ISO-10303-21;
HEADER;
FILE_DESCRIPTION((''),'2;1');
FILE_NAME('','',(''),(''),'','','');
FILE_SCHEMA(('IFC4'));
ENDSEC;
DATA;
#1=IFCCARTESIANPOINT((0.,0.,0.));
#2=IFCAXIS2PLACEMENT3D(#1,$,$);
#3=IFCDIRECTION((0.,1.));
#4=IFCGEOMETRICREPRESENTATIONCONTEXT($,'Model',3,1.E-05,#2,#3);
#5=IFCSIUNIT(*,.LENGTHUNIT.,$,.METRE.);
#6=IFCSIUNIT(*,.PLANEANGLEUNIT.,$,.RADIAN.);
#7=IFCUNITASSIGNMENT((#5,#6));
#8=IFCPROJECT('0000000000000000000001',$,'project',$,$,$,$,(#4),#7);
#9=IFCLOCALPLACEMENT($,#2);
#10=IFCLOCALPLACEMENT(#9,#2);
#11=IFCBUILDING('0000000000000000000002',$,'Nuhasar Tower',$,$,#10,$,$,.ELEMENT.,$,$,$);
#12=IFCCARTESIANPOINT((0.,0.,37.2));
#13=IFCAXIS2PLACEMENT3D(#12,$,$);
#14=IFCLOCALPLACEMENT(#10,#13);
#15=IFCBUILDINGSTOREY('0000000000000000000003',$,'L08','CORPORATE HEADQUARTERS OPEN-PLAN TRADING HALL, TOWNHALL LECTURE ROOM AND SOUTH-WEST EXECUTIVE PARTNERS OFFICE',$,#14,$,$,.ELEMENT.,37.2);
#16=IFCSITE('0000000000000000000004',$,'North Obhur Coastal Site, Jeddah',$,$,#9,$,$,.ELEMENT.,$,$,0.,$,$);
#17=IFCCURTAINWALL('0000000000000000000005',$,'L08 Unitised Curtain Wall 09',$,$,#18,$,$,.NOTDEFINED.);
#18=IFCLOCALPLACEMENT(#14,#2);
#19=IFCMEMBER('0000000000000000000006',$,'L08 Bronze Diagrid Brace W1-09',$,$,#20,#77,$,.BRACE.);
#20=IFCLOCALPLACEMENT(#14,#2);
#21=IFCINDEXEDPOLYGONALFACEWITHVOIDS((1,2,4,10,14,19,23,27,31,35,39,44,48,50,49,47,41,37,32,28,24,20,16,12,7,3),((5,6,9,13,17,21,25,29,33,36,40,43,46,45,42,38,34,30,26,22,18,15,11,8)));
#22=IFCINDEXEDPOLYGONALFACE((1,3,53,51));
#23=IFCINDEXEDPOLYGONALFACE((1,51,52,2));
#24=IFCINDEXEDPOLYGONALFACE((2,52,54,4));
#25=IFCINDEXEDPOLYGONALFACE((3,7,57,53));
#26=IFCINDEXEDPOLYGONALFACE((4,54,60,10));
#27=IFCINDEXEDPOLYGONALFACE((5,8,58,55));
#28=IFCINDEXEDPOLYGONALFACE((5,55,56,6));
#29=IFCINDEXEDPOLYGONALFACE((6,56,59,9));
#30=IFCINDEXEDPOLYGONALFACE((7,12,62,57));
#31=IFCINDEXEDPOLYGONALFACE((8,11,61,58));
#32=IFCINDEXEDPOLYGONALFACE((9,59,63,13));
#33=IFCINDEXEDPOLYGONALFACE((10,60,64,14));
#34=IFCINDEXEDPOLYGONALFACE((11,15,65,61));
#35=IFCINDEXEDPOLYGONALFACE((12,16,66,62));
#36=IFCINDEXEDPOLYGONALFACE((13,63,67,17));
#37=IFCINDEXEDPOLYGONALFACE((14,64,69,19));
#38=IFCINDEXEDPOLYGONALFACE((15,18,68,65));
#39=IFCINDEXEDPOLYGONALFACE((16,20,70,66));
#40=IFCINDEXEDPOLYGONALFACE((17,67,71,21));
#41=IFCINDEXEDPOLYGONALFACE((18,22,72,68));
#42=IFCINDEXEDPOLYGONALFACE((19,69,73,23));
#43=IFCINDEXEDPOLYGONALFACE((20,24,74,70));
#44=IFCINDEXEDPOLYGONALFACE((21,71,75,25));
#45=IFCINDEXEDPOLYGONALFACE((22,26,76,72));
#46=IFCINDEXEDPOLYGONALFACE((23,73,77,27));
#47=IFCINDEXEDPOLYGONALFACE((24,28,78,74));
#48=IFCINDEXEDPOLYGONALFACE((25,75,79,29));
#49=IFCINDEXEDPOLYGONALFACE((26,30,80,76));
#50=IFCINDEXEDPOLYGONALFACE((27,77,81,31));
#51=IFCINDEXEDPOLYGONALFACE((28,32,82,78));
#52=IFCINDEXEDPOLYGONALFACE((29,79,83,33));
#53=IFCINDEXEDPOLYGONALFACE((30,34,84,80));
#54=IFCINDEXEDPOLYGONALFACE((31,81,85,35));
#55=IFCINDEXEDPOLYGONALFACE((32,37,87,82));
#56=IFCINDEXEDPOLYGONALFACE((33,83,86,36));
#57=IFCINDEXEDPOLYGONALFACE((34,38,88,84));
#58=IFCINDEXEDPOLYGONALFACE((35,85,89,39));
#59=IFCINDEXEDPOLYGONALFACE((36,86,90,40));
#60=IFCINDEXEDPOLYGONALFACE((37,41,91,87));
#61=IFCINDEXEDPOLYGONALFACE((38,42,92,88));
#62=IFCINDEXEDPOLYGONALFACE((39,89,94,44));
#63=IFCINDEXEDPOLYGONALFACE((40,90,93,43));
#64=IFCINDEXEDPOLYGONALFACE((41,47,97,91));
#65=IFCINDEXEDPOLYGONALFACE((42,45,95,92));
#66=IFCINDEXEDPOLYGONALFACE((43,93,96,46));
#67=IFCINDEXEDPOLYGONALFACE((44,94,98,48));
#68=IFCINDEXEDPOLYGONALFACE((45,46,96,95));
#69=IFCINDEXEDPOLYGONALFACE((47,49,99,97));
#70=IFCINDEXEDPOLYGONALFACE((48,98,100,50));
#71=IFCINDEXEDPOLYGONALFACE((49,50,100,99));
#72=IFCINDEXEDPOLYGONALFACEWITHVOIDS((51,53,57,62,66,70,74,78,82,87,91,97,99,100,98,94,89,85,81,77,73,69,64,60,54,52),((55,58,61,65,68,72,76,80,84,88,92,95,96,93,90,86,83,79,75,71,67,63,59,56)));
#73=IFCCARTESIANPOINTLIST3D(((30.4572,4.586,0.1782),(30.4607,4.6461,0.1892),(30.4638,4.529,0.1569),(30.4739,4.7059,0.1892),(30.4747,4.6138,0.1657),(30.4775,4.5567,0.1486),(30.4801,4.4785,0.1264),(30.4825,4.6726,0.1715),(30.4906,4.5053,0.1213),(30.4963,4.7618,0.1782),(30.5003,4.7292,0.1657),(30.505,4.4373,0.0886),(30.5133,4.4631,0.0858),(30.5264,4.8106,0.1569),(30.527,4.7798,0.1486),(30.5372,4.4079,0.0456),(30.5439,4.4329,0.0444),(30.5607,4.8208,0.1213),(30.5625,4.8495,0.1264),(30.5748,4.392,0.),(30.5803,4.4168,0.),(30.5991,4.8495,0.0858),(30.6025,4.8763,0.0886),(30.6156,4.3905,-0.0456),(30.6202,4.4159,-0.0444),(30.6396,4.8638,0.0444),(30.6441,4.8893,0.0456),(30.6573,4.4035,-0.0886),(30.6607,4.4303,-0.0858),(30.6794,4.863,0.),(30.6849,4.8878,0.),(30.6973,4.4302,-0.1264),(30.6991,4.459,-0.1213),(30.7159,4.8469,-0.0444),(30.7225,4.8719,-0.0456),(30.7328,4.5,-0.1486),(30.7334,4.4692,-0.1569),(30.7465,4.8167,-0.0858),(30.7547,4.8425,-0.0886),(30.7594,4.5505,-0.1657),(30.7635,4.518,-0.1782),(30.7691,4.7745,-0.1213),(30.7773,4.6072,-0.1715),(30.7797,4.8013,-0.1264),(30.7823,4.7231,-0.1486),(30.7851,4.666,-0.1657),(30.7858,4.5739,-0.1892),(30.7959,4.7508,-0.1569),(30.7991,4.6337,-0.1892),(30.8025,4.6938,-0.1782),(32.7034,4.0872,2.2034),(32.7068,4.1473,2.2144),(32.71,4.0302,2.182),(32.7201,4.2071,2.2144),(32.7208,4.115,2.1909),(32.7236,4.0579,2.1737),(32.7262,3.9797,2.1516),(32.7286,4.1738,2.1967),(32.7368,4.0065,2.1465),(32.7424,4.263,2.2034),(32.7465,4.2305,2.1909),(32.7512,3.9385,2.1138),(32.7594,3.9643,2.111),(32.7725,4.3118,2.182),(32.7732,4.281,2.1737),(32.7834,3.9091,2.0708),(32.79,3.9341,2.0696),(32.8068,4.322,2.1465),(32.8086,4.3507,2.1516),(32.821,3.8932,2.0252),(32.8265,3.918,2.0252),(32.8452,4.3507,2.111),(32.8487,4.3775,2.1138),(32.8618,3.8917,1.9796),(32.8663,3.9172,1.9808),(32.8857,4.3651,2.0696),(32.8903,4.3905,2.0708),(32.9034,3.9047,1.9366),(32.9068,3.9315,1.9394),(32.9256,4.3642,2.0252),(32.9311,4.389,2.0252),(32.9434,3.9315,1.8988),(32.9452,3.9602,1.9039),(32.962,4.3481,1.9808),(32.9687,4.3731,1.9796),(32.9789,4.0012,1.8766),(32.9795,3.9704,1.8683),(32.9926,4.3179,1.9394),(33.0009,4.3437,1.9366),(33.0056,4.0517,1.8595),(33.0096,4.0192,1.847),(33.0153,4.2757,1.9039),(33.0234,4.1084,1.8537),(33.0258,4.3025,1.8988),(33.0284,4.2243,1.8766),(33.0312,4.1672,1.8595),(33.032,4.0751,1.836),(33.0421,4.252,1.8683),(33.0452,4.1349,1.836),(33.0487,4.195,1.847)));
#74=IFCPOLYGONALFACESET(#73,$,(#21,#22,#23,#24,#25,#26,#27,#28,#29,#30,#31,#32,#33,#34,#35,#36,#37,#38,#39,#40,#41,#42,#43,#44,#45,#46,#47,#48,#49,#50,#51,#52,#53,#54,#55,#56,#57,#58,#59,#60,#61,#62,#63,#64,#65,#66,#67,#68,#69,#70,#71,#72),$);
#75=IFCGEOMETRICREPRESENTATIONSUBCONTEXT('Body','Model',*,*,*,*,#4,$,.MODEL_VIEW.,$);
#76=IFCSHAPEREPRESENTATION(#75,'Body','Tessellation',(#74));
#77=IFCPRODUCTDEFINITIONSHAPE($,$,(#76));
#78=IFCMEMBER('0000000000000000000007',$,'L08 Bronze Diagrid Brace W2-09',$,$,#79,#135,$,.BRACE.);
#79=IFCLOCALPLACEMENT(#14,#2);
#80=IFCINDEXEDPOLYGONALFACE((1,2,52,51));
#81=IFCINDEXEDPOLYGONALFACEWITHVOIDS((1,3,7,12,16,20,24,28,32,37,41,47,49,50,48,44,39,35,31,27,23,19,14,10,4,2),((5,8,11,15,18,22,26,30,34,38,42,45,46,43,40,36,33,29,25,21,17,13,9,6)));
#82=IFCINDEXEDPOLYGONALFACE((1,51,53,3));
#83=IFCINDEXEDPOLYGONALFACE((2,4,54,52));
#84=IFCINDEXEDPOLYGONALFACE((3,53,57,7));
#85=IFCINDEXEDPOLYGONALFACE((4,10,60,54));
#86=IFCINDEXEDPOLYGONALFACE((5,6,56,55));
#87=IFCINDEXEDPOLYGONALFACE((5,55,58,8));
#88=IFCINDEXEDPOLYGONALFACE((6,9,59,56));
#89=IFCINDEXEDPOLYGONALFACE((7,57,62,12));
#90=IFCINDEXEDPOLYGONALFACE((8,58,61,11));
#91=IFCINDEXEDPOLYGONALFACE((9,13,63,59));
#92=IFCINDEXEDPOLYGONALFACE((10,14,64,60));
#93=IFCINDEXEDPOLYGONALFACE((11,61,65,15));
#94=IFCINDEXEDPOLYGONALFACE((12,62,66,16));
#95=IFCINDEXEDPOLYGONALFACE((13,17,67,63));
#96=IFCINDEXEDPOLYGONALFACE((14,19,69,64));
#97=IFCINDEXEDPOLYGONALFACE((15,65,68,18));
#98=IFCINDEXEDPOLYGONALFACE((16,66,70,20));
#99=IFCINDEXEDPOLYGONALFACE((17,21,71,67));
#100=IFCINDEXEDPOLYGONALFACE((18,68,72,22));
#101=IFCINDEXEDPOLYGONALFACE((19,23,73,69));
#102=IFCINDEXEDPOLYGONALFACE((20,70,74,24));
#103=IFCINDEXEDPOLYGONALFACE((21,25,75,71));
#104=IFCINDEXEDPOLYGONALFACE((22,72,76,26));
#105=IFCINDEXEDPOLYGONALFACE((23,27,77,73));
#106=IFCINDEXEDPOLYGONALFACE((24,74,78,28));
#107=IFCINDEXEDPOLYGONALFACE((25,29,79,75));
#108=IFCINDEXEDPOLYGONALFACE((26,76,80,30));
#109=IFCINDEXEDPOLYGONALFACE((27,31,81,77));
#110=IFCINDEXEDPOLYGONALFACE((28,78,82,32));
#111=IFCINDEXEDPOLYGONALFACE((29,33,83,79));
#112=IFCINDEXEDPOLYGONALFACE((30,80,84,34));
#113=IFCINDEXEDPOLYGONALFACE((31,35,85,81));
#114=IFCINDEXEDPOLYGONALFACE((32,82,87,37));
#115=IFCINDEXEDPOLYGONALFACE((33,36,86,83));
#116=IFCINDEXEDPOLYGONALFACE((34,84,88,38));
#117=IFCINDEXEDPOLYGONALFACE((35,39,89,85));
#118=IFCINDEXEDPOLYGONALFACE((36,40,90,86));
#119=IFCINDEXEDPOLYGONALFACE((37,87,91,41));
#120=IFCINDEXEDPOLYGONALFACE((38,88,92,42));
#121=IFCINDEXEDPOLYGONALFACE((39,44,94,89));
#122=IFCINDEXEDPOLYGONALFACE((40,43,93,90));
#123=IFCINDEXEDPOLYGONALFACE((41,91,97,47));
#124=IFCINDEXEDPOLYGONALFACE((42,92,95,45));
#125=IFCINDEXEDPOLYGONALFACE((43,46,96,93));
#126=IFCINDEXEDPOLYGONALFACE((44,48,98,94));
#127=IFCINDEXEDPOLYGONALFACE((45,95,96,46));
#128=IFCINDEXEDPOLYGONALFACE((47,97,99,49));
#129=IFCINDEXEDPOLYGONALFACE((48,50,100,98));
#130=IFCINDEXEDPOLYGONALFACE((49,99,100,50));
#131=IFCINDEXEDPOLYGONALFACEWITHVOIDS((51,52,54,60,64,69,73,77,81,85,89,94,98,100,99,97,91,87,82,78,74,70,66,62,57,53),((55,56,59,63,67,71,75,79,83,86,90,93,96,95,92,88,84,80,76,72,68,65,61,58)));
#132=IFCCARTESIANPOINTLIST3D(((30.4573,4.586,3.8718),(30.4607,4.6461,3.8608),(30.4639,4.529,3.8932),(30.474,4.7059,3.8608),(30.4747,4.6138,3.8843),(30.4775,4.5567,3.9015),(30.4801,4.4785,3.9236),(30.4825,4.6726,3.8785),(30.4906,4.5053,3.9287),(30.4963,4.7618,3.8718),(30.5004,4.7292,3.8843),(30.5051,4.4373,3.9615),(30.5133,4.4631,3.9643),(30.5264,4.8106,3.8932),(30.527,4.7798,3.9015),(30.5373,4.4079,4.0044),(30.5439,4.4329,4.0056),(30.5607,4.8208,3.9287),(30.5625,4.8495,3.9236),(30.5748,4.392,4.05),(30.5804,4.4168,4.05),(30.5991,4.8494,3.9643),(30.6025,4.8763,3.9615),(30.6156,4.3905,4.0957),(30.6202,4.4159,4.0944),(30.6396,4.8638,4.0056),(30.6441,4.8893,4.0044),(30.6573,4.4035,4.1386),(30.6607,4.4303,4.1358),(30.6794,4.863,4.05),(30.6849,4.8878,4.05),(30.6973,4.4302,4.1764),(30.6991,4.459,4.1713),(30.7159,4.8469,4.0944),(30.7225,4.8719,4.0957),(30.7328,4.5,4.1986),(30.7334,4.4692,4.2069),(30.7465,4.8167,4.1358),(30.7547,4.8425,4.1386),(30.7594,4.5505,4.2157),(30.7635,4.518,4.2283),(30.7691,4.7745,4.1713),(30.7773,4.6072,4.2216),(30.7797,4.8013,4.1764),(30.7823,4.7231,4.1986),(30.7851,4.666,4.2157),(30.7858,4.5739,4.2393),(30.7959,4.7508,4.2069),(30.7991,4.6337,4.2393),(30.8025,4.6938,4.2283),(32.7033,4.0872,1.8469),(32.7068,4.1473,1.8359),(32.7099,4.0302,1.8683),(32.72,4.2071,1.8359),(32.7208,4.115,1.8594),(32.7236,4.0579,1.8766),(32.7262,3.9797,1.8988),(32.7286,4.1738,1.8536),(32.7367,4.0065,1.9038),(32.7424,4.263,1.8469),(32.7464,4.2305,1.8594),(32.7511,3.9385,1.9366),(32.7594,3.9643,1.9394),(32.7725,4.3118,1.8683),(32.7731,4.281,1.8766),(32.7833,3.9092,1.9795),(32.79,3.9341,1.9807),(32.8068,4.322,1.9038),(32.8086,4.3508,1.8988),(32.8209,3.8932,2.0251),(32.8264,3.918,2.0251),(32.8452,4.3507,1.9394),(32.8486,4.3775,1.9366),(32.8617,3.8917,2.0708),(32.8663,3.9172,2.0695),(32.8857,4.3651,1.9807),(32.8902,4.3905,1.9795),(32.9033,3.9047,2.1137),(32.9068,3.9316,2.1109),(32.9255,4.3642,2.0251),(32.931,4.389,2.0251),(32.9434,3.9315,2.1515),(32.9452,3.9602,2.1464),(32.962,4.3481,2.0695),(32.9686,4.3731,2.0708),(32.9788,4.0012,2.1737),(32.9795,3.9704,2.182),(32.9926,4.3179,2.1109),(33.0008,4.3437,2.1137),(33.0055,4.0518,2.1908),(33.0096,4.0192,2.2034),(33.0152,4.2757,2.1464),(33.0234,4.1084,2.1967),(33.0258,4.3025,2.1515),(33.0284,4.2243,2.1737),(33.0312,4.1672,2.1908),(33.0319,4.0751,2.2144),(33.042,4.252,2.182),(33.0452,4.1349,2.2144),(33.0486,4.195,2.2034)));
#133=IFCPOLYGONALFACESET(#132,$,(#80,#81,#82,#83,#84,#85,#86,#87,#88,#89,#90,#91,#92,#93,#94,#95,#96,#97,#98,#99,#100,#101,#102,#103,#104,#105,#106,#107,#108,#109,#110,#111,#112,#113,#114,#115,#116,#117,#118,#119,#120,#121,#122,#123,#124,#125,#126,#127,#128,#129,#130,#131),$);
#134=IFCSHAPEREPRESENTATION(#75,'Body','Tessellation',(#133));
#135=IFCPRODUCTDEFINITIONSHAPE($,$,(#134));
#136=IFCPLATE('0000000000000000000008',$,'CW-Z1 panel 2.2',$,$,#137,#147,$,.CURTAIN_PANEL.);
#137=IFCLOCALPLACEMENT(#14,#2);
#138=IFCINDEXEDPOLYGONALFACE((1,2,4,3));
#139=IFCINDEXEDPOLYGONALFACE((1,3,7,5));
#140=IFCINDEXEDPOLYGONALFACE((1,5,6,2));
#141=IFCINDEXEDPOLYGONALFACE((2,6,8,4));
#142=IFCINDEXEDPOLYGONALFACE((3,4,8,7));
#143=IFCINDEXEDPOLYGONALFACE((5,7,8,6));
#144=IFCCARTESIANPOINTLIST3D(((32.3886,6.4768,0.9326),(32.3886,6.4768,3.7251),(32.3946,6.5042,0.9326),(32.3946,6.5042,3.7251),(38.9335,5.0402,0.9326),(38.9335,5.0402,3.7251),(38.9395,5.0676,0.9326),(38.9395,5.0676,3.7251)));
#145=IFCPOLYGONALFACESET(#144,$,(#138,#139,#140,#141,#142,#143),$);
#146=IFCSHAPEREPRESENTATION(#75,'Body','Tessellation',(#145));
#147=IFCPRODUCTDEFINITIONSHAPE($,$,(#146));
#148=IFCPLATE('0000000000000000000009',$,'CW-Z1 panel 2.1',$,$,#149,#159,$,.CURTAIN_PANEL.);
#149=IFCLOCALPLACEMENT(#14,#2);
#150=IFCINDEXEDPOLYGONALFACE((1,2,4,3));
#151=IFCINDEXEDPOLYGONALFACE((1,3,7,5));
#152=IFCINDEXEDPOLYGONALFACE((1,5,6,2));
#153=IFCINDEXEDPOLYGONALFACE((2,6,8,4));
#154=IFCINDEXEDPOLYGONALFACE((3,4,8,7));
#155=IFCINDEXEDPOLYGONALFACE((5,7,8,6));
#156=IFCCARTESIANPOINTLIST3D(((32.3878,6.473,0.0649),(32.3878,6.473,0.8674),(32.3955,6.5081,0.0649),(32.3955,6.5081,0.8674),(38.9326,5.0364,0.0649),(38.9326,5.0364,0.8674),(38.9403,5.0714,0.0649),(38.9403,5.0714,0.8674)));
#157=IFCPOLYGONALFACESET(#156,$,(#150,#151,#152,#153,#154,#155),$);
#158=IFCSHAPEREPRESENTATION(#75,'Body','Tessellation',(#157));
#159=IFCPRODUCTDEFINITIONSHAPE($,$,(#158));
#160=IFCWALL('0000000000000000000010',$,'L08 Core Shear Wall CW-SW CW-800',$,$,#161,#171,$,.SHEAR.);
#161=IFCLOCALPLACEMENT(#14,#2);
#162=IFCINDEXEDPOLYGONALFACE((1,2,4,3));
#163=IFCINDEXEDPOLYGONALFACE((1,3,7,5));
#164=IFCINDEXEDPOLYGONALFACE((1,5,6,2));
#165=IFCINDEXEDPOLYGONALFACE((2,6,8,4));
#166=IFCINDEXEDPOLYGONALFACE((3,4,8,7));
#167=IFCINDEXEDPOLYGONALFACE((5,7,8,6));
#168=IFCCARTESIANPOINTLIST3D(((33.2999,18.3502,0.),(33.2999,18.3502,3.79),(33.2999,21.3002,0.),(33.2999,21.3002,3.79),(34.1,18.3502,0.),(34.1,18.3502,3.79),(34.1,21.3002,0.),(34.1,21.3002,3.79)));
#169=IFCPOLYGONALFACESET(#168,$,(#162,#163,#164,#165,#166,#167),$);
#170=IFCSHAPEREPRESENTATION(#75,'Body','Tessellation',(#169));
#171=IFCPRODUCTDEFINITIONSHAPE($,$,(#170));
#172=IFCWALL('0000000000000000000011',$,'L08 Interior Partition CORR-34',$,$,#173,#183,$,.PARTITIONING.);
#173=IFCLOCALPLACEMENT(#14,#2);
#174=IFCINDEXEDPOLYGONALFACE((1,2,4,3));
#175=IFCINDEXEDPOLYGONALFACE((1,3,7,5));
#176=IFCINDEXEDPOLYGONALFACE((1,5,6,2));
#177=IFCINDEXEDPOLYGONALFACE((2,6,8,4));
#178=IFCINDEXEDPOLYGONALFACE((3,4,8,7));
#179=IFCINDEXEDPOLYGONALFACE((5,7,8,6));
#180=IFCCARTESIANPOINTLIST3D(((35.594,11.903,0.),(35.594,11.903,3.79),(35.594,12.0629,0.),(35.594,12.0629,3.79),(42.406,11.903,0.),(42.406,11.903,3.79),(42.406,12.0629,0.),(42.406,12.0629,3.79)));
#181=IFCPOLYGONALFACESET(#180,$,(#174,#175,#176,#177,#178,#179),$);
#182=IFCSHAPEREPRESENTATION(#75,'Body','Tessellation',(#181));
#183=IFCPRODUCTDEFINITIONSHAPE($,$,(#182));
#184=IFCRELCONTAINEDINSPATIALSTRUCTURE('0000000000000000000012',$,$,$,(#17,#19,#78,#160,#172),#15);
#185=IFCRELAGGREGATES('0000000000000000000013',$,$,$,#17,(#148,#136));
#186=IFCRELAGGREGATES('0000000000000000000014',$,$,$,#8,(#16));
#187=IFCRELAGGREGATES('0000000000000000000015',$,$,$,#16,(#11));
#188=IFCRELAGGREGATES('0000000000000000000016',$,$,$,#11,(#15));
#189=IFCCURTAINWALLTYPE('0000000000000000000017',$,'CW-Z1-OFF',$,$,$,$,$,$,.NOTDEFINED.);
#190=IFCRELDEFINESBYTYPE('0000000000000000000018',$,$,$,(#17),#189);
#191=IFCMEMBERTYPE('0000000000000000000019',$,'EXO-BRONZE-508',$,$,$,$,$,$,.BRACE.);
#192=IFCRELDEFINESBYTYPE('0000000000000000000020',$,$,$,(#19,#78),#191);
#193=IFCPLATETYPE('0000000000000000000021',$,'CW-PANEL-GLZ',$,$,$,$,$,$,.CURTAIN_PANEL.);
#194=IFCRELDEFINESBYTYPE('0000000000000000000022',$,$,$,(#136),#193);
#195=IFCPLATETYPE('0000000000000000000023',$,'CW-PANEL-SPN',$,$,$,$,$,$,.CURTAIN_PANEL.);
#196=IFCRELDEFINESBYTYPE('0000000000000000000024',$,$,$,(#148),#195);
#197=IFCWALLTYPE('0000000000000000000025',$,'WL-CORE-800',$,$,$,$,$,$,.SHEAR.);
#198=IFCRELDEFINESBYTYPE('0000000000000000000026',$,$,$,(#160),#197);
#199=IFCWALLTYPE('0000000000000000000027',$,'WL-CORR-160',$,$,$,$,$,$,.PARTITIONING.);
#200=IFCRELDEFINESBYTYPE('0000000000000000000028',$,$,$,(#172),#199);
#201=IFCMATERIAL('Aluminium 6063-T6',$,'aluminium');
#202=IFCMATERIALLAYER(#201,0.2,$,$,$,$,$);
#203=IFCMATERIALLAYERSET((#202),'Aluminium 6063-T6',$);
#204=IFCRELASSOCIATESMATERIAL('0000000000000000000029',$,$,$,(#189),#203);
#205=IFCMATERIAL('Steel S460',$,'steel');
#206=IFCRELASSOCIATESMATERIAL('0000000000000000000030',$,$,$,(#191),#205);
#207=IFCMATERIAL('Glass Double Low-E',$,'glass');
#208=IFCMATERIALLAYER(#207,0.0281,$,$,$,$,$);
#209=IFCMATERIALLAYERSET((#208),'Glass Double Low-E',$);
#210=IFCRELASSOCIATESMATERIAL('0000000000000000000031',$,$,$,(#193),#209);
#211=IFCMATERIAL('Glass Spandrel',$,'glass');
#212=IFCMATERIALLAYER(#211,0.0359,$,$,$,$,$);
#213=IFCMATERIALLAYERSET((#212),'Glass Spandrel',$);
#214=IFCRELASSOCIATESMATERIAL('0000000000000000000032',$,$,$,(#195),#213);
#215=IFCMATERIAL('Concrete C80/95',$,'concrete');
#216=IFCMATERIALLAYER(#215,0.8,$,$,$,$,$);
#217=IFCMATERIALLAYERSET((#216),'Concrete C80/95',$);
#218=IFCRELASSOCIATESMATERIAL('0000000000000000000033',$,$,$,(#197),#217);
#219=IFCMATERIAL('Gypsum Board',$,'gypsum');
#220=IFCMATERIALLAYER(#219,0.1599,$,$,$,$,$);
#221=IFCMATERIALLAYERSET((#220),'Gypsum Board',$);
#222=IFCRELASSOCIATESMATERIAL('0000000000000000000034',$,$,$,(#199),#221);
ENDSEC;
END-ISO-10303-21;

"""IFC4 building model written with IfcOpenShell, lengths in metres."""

from ifc_helpers import new_model, si_unit, direction, frame, frame_2d, origin, origin_2d, place, context, subcontext, project, spatial, rectangle, hollow_circle, extrude, material, layer, layer_set, material_profile, profile_set, type_object, element, aggregate, save


model = new_model("IFC4")

# Units and contexts
model_context = context("Model", 3, precision=1e-05, world=origin(), true_north=direction((0.0, 1.0)))
body_context = subcontext(model_context, "Body", "Model", "MODEL_VIEW")
ifc_project = project(units=[si_unit("LENGTHUNIT", "METRE"), si_unit("PLANEANGLEUNIT", "RADIAN")], contexts=[model_context])

# Site, building, storey
site_placement = place(None, origin())
site = spatial("IfcSite", under=ifc_project, at=site_placement, Name="North Obhur Coastal Site, Jeddah", CompositionType="ELEMENT", RefElevation=0.0)
building_placement = place(site_placement, origin())
building = spatial("IfcBuilding", under=site, at=building_placement, Name="Nuhasar Tower", CompositionType="ELEMENT")
storey_placement = place(building_placement, frame((0.0, 0.0, 37.2)))
storey = spatial("IfcBuildingStorey", under=building, at=storey_placement, Name="L08", Description="CORPORATE HEADQUARTERS OPEN-PLAN TRADING HALL, TOWNHALL LECTURE ROOM AND SOUTH-WEST EXECUTIVE PARTNERS OFFICE", CompositionType="ELEMENT", Elevation=37.2)

# Shared definitions
ifc_material_1 = material(Name="Concrete C80/95", Category="concrete")

# Curtain wall
ifc_material_2 = material(Name="Aluminium 6063-T6", Category="aluminium")
ifc_layer_1 = layer(ifc_material_2, 0.2)
ifc_layer_set_1 = layer_set([ifc_layer_1], Name="Aluminium 6063-T6")
curtain_wall_type = type_object("IfcCurtainWallType", Name="CW-Z1-OFF", PredefinedType="NOTDEFINED", material=ifc_layer_set_1)
curtain_wall_placement = place(storey_placement, origin())
curtain_wall = element("IfcCurtainWall", 1, at=curtain_wall_placement, inside=storey, type_object=curtain_wall_type, Name="L08 Unitised Curtain Wall 09", PredefinedType="NOTDEFINED")

# Members
ifc_material_3 = material(Name="Steel S460", Category="steel")
ifc_material_profile_1 = material_profile(ifc_material_3, hollow_circle(Radius=0.2539, WallThickness=0.0254, at=origin_2d()), Name="HSS508X25.4")
ifc_profile_set_1 = profile_set([ifc_material_profile_1], Name="Steel S460")
member_type_1 = type_object("IfcMemberType", Name="EXO-BRONZE-508", PredefinedType="BRACE", material=ifc_profile_set_1)
member_1_placement = place(storey_placement, frame((30.6299, 4.6399, 0.0), z_axis=(0.732792, -0.162728, 0.660708), x_axis=(0.216784, 0.97622, 0.0)))
element("IfcMember", 2, at=member_1_placement, inside=storey, type_object=member_type_1, Name="L08 Bronze Diagrid Brace W1-09", PredefinedType="BRACE", context=body_context, shape_type="SweptSolid", body=[
    extrude(hollow_circle(Radius=0.2539, WallThickness=0.0254, at=origin_2d()), origin(), (0.0, 0.0, 1.0), 3.0652),
])
member_2_placement = place(storey_placement, frame((32.876, 4.1411, 2.0251), z_axis=(-0.732831, 0.162736, 0.660663), x_axis=(-0.216784, -0.97622, 0.0)))
element("IfcMember", 3, at=member_2_placement, inside=storey, type_object=member_type_1, Name="L08 Bronze Diagrid Brace W2-09", PredefinedType="BRACE", context=body_context, shape_type="SweptSolid", body=[
    extrude(hollow_circle(Radius=0.2539, WallThickness=0.0254, at=origin_2d()), origin(), (0.0, 0.0, 1.0), 3.0649),
])

# Plates
ifc_material_4 = material(Name="Glass Double Low-E", Category="glass")
ifc_layer_2 = layer(ifc_material_4, 0.0281)
ifc_layer_set_2 = layer_set([ifc_layer_2], Name="Glass Double Low-E")
plate_type_1 = type_object("IfcPlateType", Name="CW-PANEL-GLZ", PredefinedType="CURTAIN_PANEL", material=ifc_layer_set_2)
plate_1_placement = place(storey_placement, frame((35.6641, 5.7722, 0.9326), z_axis=(0.0, 0.0, 1.0), x_axis=(0.976746, -0.214399, 0.0)))
plate_1 = element("IfcPlate", 4, at=plate_1_placement, type_object=plate_type_1, Name="CW-Z1 panel 2.2", PredefinedType="CURTAIN_PANEL", context=body_context, shape_type="SweptSolid", body=[
    extrude(rectangle(XDim=6.7007, YDim=0.0281, at=origin_2d()), origin(), (0.0, 0.0, 1.0), 2.7925),
])
ifc_material_5 = material(Name="Glass Spandrel", Category="glass")
ifc_layer_3 = layer(ifc_material_5, 0.0359)
ifc_layer_set_3 = layer_set([ifc_layer_3], Name="Glass Spandrel")
plate_type_2 = type_object("IfcPlateType", Name="CW-PANEL-SPN", PredefinedType="CURTAIN_PANEL", material=ifc_layer_set_3)
plate_2_placement = place(storey_placement, frame((35.6641, 5.7722, 0.0649), z_axis=(0.0, 0.0, 1.0), x_axis=(0.976746, -0.214399, 0.0)))
plate_2 = element("IfcPlate", 5, at=plate_2_placement, type_object=plate_type_2, Name="CW-Z1 panel 2.1", PredefinedType="CURTAIN_PANEL", context=body_context, shape_type="SweptSolid", body=[
    extrude(rectangle(XDim=6.7007, YDim=0.0359, at=origin_2d()), origin(), (0.0, 0.0, 1.0), 0.8025),
])
aggregate(curtain_wall, [plate_2, plate_1])

# Wall
ifc_layer_4 = layer(ifc_material_1, 0.8)
ifc_layer_set_4 = layer_set([ifc_layer_4], Name="Concrete C80/95")
wall_type_1 = type_object("IfcWallType", Name="WL-CORE-800", PredefinedType="SHEAR", material=ifc_layer_set_4)
wall_1_placement = place(storey_placement, frame((33.7, 18.3501, 0.0), z_axis=(0.0, 0.0, 1.0), x_axis=(0.0, 1.0, 0.0)))
element("IfcWall", 6, at=wall_1_placement, inside=storey, type_object=wall_type_1, Name="L08 Core Shear Wall CW-SW CW-800", PredefinedType="SHEAR", context=body_context, shape_type="SweptSolid", body=[
    extrude(rectangle(XDim=2.95, YDim=0.8, at=frame_2d((1.4751, 0.0))), origin(), (0.0, 0.0, 1.0), 3.79),
])

# Shared definitions
ifc_material_6 = material(Name="Gypsum Board", Category="gypsum")
ifc_layer_5 = layer(ifc_material_6, 0.1599)
ifc_layer_set_5 = layer_set([ifc_layer_5], Name="Gypsum Board")
wall_type_2 = type_object("IfcWallType", Name="WL-CORR-160", PredefinedType="PARTITIONING", material=ifc_layer_set_5)

# Wall
wall_2_placement = place(storey_placement, frame((35.594, 11.9829, 0.0), z_axis=(0.0, 0.0, 1.0), x_axis=(1.0, 0.0, 0.0)))
element("IfcWall", 7, at=wall_2_placement, inside=storey, type_object=wall_type_2, Name="L08 Interior Partition CORR-34", PredefinedType="PARTITIONING", context=body_context, shape_type="SweptSolid", body=[
    extrude(rectangle(XDim=6.812, YDim=0.1599, at=frame_2d((3.406, 0.0))), origin(), (0.0, 0.0, 1.0), 3.79),
])

save(model, "model.ifc")
